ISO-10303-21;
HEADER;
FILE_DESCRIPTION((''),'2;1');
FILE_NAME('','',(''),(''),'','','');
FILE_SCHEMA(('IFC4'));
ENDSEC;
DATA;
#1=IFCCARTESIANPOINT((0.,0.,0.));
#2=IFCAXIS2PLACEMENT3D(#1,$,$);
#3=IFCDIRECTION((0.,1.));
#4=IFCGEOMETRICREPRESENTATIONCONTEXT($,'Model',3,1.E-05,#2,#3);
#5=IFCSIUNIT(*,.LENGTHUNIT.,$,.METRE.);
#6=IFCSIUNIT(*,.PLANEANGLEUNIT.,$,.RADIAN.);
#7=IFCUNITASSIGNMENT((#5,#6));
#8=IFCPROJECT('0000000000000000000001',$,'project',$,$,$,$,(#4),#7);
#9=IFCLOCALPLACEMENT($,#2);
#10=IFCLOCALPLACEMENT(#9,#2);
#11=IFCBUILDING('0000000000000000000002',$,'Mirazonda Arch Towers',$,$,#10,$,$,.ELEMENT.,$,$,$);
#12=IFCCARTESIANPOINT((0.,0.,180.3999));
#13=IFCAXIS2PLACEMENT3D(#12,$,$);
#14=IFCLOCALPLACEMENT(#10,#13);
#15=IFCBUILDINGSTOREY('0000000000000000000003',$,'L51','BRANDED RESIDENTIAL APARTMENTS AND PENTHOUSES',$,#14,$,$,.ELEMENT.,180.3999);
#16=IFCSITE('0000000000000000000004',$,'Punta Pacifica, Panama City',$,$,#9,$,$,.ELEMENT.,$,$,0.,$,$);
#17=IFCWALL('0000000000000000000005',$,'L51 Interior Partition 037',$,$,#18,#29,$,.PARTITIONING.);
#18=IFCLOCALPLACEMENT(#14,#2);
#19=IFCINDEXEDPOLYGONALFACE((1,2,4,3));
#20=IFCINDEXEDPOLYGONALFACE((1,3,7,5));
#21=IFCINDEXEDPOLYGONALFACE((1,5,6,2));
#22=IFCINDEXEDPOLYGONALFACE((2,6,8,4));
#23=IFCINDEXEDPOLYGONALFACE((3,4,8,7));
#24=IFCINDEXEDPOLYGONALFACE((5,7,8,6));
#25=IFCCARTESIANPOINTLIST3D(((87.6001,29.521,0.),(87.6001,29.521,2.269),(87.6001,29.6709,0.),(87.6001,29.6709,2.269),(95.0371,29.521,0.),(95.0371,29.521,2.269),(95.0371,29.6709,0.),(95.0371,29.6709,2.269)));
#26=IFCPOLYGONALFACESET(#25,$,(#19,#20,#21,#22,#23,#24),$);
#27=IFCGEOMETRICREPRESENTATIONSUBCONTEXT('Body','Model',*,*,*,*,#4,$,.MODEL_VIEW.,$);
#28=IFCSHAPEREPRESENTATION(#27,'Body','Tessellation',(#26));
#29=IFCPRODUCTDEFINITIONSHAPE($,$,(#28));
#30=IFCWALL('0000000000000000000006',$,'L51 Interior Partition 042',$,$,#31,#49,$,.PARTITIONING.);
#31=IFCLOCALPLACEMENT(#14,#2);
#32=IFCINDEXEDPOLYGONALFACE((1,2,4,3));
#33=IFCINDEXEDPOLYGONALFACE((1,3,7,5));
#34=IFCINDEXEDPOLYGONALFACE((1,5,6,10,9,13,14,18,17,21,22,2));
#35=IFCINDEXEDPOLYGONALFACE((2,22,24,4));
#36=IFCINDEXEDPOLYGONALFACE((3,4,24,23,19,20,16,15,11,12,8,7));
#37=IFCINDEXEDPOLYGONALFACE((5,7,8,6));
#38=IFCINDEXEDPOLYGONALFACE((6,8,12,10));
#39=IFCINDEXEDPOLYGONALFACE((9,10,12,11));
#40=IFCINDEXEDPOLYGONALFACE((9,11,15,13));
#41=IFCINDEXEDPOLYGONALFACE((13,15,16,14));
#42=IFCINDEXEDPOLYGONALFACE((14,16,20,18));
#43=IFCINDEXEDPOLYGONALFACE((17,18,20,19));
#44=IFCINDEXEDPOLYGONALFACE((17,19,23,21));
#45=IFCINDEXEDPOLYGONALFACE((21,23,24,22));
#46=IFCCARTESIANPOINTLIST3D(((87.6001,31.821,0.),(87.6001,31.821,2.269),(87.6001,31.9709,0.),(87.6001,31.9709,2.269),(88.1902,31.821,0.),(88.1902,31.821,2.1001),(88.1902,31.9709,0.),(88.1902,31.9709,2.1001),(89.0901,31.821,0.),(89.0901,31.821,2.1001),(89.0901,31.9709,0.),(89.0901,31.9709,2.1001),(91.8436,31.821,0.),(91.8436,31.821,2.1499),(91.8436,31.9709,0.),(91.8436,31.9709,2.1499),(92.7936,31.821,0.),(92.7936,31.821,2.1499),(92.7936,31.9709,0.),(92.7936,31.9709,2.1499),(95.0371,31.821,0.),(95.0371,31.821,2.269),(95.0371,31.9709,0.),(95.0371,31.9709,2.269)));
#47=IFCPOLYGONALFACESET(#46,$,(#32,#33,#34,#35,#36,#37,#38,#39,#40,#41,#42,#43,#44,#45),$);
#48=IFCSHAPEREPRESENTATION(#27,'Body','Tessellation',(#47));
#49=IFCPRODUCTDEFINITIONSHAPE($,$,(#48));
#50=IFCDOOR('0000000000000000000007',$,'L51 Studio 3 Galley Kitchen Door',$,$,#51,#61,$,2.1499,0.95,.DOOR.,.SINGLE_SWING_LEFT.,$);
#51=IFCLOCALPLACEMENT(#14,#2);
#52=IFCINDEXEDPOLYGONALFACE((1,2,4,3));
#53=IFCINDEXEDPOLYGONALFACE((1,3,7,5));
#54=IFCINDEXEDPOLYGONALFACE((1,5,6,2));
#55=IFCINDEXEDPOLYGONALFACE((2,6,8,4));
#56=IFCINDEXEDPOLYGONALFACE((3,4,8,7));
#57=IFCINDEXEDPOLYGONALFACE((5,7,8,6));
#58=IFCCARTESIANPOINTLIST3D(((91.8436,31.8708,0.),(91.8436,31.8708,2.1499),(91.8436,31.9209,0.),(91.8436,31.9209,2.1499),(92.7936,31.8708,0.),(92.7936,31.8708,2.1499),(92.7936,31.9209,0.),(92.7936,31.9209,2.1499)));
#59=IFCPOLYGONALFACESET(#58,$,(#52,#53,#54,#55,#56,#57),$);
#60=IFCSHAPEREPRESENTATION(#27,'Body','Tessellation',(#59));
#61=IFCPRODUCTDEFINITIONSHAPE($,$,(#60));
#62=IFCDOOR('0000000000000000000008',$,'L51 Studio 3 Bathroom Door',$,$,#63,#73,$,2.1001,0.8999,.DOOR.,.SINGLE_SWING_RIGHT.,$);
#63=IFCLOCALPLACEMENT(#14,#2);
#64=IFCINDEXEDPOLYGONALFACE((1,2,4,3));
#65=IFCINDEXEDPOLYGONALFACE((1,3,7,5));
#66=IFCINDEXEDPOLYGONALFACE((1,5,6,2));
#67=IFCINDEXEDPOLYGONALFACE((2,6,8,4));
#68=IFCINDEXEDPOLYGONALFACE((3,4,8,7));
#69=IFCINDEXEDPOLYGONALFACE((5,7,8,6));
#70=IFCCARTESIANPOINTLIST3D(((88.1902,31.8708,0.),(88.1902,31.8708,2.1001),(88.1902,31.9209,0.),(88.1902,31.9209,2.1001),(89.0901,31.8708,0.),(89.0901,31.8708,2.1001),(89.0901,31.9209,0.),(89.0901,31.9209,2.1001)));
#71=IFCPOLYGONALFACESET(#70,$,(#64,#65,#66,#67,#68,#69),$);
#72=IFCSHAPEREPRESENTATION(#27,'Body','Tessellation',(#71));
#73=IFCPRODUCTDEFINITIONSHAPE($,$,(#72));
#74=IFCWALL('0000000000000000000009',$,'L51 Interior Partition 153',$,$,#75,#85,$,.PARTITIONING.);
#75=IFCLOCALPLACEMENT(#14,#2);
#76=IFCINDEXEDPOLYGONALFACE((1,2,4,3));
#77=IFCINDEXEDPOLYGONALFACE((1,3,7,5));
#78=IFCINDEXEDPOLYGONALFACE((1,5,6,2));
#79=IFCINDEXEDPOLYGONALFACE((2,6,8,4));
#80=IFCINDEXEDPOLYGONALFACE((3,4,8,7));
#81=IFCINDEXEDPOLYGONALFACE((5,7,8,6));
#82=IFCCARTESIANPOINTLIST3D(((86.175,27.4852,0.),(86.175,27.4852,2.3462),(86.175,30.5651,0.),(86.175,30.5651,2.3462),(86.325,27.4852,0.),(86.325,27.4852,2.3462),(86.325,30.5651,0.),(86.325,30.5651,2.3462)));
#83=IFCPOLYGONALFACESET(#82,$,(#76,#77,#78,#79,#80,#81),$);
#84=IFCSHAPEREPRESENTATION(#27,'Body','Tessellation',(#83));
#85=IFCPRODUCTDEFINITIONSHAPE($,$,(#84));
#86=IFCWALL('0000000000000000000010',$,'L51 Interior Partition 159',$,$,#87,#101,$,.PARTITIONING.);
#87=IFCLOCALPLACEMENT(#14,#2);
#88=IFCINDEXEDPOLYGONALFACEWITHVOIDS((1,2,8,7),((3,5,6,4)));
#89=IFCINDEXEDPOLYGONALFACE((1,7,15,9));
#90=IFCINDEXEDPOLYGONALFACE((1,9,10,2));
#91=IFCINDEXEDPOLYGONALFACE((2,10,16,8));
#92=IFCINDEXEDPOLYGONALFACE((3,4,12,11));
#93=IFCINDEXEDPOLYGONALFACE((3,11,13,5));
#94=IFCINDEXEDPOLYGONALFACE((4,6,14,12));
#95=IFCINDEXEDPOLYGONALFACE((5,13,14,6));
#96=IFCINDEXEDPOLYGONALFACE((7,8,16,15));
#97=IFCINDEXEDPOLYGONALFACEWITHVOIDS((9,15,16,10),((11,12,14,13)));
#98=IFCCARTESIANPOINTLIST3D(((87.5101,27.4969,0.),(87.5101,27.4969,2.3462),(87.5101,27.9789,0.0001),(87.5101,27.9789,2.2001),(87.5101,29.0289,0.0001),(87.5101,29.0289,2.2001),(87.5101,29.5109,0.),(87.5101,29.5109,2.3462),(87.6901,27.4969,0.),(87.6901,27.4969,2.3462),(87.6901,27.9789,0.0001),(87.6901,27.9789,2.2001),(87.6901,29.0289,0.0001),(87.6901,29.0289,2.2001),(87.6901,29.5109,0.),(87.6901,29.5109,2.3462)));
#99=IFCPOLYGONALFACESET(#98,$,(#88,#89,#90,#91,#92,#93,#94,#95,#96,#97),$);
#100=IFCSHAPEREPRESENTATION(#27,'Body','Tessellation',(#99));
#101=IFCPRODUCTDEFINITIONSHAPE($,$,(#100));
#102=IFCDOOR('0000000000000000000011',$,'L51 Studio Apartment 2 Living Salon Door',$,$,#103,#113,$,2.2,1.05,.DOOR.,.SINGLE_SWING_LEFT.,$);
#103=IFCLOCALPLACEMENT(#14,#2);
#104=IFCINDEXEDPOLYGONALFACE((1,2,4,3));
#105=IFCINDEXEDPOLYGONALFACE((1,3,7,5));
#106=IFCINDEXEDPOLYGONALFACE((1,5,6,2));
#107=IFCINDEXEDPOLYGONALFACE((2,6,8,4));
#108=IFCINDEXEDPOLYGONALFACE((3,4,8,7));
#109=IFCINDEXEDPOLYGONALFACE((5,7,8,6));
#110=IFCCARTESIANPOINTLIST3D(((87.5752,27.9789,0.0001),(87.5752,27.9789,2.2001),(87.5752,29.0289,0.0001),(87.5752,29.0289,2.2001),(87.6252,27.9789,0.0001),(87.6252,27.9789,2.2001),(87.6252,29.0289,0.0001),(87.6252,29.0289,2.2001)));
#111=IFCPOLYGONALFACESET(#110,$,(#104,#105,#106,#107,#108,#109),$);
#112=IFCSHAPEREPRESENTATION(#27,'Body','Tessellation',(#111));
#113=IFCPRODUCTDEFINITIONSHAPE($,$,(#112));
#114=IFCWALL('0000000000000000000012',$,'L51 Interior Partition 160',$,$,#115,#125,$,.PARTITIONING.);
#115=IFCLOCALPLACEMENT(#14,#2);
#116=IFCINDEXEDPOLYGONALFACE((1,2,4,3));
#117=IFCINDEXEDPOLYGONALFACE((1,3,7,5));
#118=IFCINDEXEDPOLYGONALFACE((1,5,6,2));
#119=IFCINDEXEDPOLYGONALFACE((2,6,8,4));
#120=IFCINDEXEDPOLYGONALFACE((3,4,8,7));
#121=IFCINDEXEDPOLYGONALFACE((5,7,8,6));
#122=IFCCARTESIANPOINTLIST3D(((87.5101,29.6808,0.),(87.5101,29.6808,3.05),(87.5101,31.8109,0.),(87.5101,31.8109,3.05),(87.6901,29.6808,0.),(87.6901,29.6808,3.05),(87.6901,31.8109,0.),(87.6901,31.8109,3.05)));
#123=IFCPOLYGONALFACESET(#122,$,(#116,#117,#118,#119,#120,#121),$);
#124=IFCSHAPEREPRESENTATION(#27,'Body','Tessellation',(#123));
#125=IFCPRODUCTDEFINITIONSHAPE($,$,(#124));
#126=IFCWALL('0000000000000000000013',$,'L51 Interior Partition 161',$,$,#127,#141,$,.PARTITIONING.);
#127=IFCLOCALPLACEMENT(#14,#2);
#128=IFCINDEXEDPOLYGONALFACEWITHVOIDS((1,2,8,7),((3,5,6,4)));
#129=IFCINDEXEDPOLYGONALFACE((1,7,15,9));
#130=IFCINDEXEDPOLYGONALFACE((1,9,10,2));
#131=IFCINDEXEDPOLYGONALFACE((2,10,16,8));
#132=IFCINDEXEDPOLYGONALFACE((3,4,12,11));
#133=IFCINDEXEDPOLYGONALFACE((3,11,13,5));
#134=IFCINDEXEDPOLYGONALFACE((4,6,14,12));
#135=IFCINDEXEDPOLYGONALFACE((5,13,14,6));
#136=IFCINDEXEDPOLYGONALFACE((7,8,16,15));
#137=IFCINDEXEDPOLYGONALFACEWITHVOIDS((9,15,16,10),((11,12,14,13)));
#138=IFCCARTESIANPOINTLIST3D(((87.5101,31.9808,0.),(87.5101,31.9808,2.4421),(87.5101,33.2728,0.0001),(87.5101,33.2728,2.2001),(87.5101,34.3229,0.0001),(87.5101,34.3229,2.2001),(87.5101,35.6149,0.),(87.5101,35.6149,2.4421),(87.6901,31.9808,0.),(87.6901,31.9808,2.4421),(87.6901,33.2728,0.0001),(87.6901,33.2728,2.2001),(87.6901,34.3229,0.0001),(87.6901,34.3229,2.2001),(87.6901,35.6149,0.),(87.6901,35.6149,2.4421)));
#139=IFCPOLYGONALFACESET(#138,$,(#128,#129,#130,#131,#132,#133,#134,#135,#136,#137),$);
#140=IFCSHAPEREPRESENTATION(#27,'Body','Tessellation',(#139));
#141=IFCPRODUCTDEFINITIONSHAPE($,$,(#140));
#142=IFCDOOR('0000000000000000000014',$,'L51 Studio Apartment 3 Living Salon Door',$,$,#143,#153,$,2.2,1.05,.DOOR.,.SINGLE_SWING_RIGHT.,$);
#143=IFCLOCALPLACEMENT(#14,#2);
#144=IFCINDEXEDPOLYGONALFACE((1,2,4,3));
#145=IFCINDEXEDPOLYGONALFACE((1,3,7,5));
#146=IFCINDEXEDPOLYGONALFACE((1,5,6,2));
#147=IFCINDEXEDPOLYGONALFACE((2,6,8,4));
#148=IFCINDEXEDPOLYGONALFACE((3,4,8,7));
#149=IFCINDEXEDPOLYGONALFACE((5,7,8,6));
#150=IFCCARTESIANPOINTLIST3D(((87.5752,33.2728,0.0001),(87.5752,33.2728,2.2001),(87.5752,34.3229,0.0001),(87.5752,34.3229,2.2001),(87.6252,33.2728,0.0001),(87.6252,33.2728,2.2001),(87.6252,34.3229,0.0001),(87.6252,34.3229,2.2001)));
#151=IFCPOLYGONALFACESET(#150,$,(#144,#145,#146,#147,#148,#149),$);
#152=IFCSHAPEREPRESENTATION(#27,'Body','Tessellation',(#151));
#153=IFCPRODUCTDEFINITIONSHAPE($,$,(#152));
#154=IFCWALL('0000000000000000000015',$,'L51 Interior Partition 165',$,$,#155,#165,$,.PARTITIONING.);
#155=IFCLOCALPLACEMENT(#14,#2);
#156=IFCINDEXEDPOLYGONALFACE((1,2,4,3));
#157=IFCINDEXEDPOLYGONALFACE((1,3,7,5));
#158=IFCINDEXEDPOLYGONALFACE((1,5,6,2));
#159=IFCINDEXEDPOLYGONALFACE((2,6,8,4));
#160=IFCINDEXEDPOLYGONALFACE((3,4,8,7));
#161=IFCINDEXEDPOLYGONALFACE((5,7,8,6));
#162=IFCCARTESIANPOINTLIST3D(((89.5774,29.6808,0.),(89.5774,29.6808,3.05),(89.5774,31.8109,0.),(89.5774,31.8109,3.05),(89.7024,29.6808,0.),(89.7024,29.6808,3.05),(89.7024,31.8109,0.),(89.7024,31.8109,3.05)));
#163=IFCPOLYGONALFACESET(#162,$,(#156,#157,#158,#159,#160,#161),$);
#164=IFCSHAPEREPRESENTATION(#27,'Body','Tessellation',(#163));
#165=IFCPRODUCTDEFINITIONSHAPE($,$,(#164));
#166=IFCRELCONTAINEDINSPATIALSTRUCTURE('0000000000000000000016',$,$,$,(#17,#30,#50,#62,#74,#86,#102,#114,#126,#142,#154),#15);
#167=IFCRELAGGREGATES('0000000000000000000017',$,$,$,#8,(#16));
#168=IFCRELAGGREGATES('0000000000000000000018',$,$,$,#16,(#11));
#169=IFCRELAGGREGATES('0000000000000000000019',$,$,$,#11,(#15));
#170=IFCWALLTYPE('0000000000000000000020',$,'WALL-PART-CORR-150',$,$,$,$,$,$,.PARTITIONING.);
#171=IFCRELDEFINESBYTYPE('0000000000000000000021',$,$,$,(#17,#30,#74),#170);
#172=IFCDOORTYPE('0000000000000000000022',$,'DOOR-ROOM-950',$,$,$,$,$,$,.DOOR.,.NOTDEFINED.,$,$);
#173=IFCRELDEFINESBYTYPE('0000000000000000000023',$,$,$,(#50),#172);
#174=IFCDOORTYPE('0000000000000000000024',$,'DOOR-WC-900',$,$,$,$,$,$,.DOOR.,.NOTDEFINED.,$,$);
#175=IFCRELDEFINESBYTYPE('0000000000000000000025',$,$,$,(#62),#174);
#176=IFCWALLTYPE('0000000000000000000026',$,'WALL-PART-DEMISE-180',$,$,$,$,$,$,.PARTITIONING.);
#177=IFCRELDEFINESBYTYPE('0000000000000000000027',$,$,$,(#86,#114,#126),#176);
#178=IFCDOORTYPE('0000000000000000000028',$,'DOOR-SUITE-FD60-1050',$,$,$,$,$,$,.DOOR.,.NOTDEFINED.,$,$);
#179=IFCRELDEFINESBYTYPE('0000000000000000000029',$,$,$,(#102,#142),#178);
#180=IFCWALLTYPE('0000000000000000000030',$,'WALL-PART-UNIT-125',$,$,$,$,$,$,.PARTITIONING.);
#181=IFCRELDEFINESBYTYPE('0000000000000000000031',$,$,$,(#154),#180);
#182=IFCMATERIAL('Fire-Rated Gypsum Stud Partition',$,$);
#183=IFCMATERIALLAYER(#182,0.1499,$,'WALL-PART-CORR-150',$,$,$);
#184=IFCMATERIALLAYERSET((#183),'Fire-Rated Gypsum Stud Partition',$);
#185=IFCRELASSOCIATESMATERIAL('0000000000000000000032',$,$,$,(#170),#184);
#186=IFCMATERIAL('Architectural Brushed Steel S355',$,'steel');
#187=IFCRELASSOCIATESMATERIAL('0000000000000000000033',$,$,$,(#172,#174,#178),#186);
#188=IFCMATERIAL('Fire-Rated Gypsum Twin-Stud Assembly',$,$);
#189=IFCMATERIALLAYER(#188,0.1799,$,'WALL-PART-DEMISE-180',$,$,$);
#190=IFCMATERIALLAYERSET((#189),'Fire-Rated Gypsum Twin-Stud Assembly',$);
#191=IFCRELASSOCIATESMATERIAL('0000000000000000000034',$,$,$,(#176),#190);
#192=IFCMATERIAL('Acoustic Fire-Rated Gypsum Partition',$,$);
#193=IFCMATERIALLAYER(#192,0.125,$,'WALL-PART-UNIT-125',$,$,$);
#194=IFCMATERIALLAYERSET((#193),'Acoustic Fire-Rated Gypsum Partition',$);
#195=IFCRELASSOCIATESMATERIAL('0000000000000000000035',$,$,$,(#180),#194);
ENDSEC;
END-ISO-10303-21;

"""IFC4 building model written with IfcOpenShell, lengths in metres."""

from ifc_helpers import new_model, si_unit, direction, frame, frame_2d, origin, place, context, subcontext, project, spatial, rectangle, extrude, material, layer, layer_set, type_object, element, fill, save


model = new_model("IFC4")

# Units and contexts
model_context = context("Model", 3, precision=1e-05, world=origin(), true_north=direction((0.0, 1.0)))
body_context = subcontext(model_context, "Body", "Model", "MODEL_VIEW")
ifc_project = project(units=[si_unit("LENGTHUNIT", "METRE"), si_unit("PLANEANGLEUNIT", "RADIAN")], contexts=[model_context])

# Site, building, storey
site_placement = place(None, origin())
site = spatial("IfcSite", under=ifc_project, at=site_placement, Name="Punta Pacifica, Panama City", CompositionType="ELEMENT", RefElevation=0.0)
building_placement = place(site_placement, origin())
building = spatial("IfcBuilding", under=site, at=building_placement, Name="Mirazonda Arch Towers", CompositionType="ELEMENT")
storey_placement = place(building_placement, frame((0.0, 0.0, 180.3999)))
storey = spatial("IfcBuildingStorey", under=building, at=storey_placement, Name="L51", Description="BRANDED RESIDENTIAL APARTMENTS AND PENTHOUSES", CompositionType="ELEMENT", Elevation=180.3999)

# Shared definitions
ifc_material_1 = material(Name="Fire-Rated Gypsum Stud Partition")
ifc_layer_1 = layer(ifc_material_1, 0.1499, Name="WALL-PART-CORR-150")
ifc_layer_set_1 = layer_set([ifc_layer_1], Name="Fire-Rated Gypsum Stud Partition")
wall_type_1 = type_object("IfcWallType", Name="WALL-PART-CORR-150", PredefinedType="PARTITIONING", material=ifc_layer_set_1)
ifc_material_2 = material(Name="Architectural Brushed Steel S355", Category="steel")
door_type_1 = type_object("IfcDoorType", Name="DOOR-ROOM-950", OperationType="NOTDEFINED", PredefinedType="DOOR", material=ifc_material_2)
door_type_2 = type_object("IfcDoorType", Name="DOOR-WC-900", OperationType="NOTDEFINED", PredefinedType="DOOR", material=ifc_material_2)

# Wall
wall_1_placement = place(storey_placement, frame((87.6001, 29.5959, 0.0), z_axis=(0.0, 0.0, 1.0), x_axis=(1.0, 0.0, 0.0)))
element("IfcWall", 1, at=wall_1_placement, inside=storey, type_object=wall_type_1, Name="L51 Interior Partition 037", PredefinedType="PARTITIONING", context=body_context, shape_type="SweptSolid", body=[
    extrude(rectangle(XDim=7.437, YDim=0.1499, at=frame_2d((3.7185, 0.0))), origin(), (0.0, 0.0, 1.0), 2.269),
])

# Wall, openings, doors
wall_2_placement = place(storey_placement, frame((87.6001, 31.896, 0.0), z_axis=(0.0, 0.0, 1.0), x_axis=(1.0, 0.0, 0.0)))
wall_2 = element("IfcWall", 2, at=wall_2_placement, inside=storey, type_object=wall_type_1, Name="L51 Interior Partition 042", PredefinedType="PARTITIONING", context=body_context, shape_type="SweptSolid", body=[
    extrude(rectangle(XDim=7.437, YDim=0.1499, at=frame_2d((3.7185, 0.0))), origin(), (0.0, 0.0, 1.0), 2.269),
])
opening_1_placement = place(wall_2_placement, frame((4.2434, 0.0, 0.0)))
opening_1 = element("IfcOpeningElement", 3, at=opening_1_placement, cuts=wall_2, PredefinedType="OPENING", context=body_context, shape_type="SweptSolid", body=[
    extrude(rectangle(XDim=0.95, YDim=2.1499, at=frame_2d((0.4751, 1.075))), frame((0.0, 0.085, 0.0), z_axis=(0.0, -1.0, 0.0), x_axis=(1.0, 0.0, 0.0)), (0.0, 0.0, 1.0), 0.1699),
])
opening_2_placement = place(wall_2_placement, frame((0.5901, 0.0, 0.0)))
opening_2 = element("IfcOpeningElement", 4, at=opening_2_placement, cuts=wall_2, PredefinedType="OPENING", context=body_context, shape_type="SweptSolid", body=[
    extrude(rectangle(XDim=0.8999, YDim=2.1001, at=frame_2d((0.45, 1.05))), frame((0.0, 0.085, 0.0), z_axis=(0.0, -1.0, 0.0), x_axis=(1.0, 0.0, 0.0)), (0.0, 0.0, 1.0), 0.1699),
])
door_1_placement = place(opening_1_placement, origin())
door_1 = element("IfcDoor", 5, at=door_1_placement, inside=storey, type_object=door_type_1, Name="L51 Studio 3 Galley Kitchen Door", OperationType="SINGLE_SWING_LEFT", OverallHeight=2.1499, OverallWidth=0.95, PredefinedType="DOOR", context=body_context, shape_type="SweptSolid", body=[
    extrude(rectangle(XDim=0.95, YDim=2.1499, at=frame_2d((0.4751, 1.075))), frame((0.0, 0.0249, 0.0), z_axis=(0.0, -1.0, 0.0), x_axis=(1.0, 0.0, 0.0)), (0.0, 0.0, 1.0), 0.05),
])
fill(opening_1, door_1)
door_2_placement = place(opening_2_placement, origin())
door_2 = element("IfcDoor", 6, at=door_2_placement, inside=storey, type_object=door_type_2, Name="L51 Studio 3 Bathroom Door", OperationType="SINGLE_SWING_RIGHT", OverallHeight=2.1001, OverallWidth=0.8999, PredefinedType="DOOR", context=body_context, shape_type="SweptSolid", body=[
    extrude(rectangle(XDim=0.8999, YDim=2.1001, at=frame_2d((0.45, 1.05))), frame((0.0, 0.0249, 0.0), z_axis=(0.0, -1.0, 0.0), x_axis=(1.0, 0.0, 0.0)), (0.0, 0.0, 1.0), 0.05),
])
fill(opening_2, door_2)

# Wall
wall_3_placement = place(storey_placement, frame((86.25, 27.4851, 0.0), z_axis=(0.0, 0.0, 1.0), x_axis=(0.0, 1.0, 0.0)))
element("IfcWall", 7, at=wall_3_placement, inside=storey, type_object=wall_type_1, Name="L51 Interior Partition 153", PredefinedType="PARTITIONING", context=body_context, shape_type="SweptSolid", body=[
    extrude(rectangle(XDim=3.0798, YDim=0.1499, at=frame_2d((1.54, 0.0))), origin(), (0.0, 0.0, 1.0), 2.3462),
])

# Wall, opening, door
ifc_material_3 = material(Name="Fire-Rated Gypsum Twin-Stud Assembly")
ifc_layer_2 = layer(ifc_material_3, 0.1799, Name="WALL-PART-DEMISE-180")
ifc_layer_set_2 = layer_set([ifc_layer_2], Name="Fire-Rated Gypsum Twin-Stud Assembly")
wall_type_2 = type_object("IfcWallType", Name="WALL-PART-DEMISE-180", PredefinedType="PARTITIONING", material=ifc_layer_set_2)
wall_4_placement = place(storey_placement, frame((87.6001, 27.4971, 0.0), z_axis=(0.0, 0.0, 1.0), x_axis=(0.0, 1.0, 0.0)))
wall_4 = element("IfcWall", 8, at=wall_4_placement, inside=storey, type_object=wall_type_2, Name="L51 Interior Partition 159", PredefinedType="PARTITIONING", context=body_context, shape_type="SweptSolid", body=[
    extrude(rectangle(XDim=2.0139, YDim=0.1799, at=frame_2d((1.0068, 0.0))), origin(), (0.0, 0.0, 1.0), 2.3462),
])
opening_3_placement = place(wall_4_placement, frame((0.4819, 0.0, 0.0)))
opening_3 = element("IfcOpeningElement", 9, at=opening_3_placement, cuts=wall_4, PredefinedType="OPENING", context=body_context, shape_type="SweptSolid", body=[
    extrude(rectangle(XDim=1.05, YDim=2.2, at=frame_2d((0.5249, 1.1001))), frame((0.0, 0.0999, 0.0), z_axis=(0.0, -1.0, 0.0), x_axis=(1.0, 0.0, 0.0)), (0.0, 0.0, 1.0), 0.2),
])
door_type_3 = type_object("IfcDoorType", Name="DOOR-SUITE-FD60-1050", OperationType="NOTDEFINED", PredefinedType="DOOR", material=ifc_material_2)
door_3_placement = place(opening_3_placement, origin())
door_3 = element("IfcDoor", 10, at=door_3_placement, inside=storey, type_object=door_type_3, Name="L51 Studio Apartment 2 Living Salon Door", OperationType="SINGLE_SWING_LEFT", OverallHeight=2.2, OverallWidth=1.05, PredefinedType="DOOR", context=body_context, shape_type="SweptSolid", body=[
    extrude(rectangle(XDim=1.05, YDim=2.2, at=frame_2d((0.5249, 1.1001))), frame((0.0, 0.0249, 0.0), z_axis=(0.0, -1.0, 0.0), x_axis=(1.0, 0.0, 0.0)), (0.0, 0.0, 1.0), 0.05),
])
fill(opening_3, door_3)

# Wall
wall_5_placement = place(storey_placement, frame((87.6001, 29.6809, 0.0), z_axis=(0.0, 0.0, 1.0), x_axis=(0.0, 1.0, 0.0)))
element("IfcWall", 11, at=wall_5_placement, inside=storey, type_object=wall_type_2, Name="L51 Interior Partition 160", PredefinedType="PARTITIONING", context=body_context, shape_type="SweptSolid", body=[
    extrude(rectangle(XDim=2.1301, YDim=0.1799, at=frame_2d((1.0649, 0.0))), origin(), (0.0, 0.0, 1.0), 3.05),
])

# Wall, opening, door
wall_6_placement = place(storey_placement, frame((87.6001, 31.981, 0.0), z_axis=(0.0, 0.0, 1.0), x_axis=(0.0, 1.0, 0.0)))
wall_6 = element("IfcWall", 12, at=wall_6_placement, inside=storey, type_object=wall_type_2, Name="L51 Interior Partition 161", PredefinedType="PARTITIONING", context=body_context, shape_type="SweptSolid", body=[
    extrude(rectangle(XDim=3.634, YDim=0.1799, at=frame_2d((1.8169, 0.0))), origin(), (0.0, 0.0, 1.0), 2.4421),
])
opening_4_placement = place(wall_6_placement, frame((1.292, 0.0, 0.0)))
opening_4 = element("IfcOpeningElement", 13, at=opening_4_placement, cuts=wall_6, PredefinedType="OPENING", context=body_context, shape_type="SweptSolid", body=[
    extrude(rectangle(XDim=1.05, YDim=2.2, at=frame_2d((0.5249, 1.1001))), frame((0.0, 0.0999, 0.0), z_axis=(0.0, -1.0, 0.0), x_axis=(1.0, 0.0, 0.0)), (0.0, 0.0, 1.0), 0.2),
])
door_4_placement = place(opening_4_placement, origin())
door_4 = element("IfcDoor", 14, at=door_4_placement, inside=storey, type_object=door_type_3, Name="L51 Studio Apartment 3 Living Salon Door", OperationType="SINGLE_SWING_RIGHT", OverallHeight=2.2, OverallWidth=1.05, PredefinedType="DOOR", context=body_context, shape_type="SweptSolid", body=[
    extrude(rectangle(XDim=1.05, YDim=2.2, at=frame_2d((0.5249, 1.1001))), frame((0.0, 0.0249, 0.0), z_axis=(0.0, -1.0, 0.0), x_axis=(1.0, 0.0, 0.0)), (0.0, 0.0, 1.0), 0.05),
])
fill(opening_4, door_4)

# Wall
ifc_material_4 = material(Name="Acoustic Fire-Rated Gypsum Partition")
ifc_layer_3 = layer(ifc_material_4, 0.125, Name="WALL-PART-UNIT-125")
ifc_layer_set_3 = layer_set([ifc_layer_3], Name="Acoustic Fire-Rated Gypsum Partition")
wall_type_3 = type_object("IfcWallType", Name="WALL-PART-UNIT-125", PredefinedType="PARTITIONING", material=ifc_layer_set_3)
wall_7_placement = place(storey_placement, frame((89.6399, 29.6809, 0.0), z_axis=(0.0, 0.0, 1.0), x_axis=(0.0, 1.0, 0.0)))
element("IfcWall", 15, at=wall_7_placement, inside=storey, type_object=wall_type_3, Name="L51 Interior Partition 165", PredefinedType="PARTITIONING", context=body_context, shape_type="SweptSolid", body=[
    extrude(rectangle(XDim=2.1301, YDim=0.125, at=frame_2d((1.0649, 0.0))), origin(), (0.0, 0.0, 1.0), 3.05),
])

save(model, "model.ifc")
